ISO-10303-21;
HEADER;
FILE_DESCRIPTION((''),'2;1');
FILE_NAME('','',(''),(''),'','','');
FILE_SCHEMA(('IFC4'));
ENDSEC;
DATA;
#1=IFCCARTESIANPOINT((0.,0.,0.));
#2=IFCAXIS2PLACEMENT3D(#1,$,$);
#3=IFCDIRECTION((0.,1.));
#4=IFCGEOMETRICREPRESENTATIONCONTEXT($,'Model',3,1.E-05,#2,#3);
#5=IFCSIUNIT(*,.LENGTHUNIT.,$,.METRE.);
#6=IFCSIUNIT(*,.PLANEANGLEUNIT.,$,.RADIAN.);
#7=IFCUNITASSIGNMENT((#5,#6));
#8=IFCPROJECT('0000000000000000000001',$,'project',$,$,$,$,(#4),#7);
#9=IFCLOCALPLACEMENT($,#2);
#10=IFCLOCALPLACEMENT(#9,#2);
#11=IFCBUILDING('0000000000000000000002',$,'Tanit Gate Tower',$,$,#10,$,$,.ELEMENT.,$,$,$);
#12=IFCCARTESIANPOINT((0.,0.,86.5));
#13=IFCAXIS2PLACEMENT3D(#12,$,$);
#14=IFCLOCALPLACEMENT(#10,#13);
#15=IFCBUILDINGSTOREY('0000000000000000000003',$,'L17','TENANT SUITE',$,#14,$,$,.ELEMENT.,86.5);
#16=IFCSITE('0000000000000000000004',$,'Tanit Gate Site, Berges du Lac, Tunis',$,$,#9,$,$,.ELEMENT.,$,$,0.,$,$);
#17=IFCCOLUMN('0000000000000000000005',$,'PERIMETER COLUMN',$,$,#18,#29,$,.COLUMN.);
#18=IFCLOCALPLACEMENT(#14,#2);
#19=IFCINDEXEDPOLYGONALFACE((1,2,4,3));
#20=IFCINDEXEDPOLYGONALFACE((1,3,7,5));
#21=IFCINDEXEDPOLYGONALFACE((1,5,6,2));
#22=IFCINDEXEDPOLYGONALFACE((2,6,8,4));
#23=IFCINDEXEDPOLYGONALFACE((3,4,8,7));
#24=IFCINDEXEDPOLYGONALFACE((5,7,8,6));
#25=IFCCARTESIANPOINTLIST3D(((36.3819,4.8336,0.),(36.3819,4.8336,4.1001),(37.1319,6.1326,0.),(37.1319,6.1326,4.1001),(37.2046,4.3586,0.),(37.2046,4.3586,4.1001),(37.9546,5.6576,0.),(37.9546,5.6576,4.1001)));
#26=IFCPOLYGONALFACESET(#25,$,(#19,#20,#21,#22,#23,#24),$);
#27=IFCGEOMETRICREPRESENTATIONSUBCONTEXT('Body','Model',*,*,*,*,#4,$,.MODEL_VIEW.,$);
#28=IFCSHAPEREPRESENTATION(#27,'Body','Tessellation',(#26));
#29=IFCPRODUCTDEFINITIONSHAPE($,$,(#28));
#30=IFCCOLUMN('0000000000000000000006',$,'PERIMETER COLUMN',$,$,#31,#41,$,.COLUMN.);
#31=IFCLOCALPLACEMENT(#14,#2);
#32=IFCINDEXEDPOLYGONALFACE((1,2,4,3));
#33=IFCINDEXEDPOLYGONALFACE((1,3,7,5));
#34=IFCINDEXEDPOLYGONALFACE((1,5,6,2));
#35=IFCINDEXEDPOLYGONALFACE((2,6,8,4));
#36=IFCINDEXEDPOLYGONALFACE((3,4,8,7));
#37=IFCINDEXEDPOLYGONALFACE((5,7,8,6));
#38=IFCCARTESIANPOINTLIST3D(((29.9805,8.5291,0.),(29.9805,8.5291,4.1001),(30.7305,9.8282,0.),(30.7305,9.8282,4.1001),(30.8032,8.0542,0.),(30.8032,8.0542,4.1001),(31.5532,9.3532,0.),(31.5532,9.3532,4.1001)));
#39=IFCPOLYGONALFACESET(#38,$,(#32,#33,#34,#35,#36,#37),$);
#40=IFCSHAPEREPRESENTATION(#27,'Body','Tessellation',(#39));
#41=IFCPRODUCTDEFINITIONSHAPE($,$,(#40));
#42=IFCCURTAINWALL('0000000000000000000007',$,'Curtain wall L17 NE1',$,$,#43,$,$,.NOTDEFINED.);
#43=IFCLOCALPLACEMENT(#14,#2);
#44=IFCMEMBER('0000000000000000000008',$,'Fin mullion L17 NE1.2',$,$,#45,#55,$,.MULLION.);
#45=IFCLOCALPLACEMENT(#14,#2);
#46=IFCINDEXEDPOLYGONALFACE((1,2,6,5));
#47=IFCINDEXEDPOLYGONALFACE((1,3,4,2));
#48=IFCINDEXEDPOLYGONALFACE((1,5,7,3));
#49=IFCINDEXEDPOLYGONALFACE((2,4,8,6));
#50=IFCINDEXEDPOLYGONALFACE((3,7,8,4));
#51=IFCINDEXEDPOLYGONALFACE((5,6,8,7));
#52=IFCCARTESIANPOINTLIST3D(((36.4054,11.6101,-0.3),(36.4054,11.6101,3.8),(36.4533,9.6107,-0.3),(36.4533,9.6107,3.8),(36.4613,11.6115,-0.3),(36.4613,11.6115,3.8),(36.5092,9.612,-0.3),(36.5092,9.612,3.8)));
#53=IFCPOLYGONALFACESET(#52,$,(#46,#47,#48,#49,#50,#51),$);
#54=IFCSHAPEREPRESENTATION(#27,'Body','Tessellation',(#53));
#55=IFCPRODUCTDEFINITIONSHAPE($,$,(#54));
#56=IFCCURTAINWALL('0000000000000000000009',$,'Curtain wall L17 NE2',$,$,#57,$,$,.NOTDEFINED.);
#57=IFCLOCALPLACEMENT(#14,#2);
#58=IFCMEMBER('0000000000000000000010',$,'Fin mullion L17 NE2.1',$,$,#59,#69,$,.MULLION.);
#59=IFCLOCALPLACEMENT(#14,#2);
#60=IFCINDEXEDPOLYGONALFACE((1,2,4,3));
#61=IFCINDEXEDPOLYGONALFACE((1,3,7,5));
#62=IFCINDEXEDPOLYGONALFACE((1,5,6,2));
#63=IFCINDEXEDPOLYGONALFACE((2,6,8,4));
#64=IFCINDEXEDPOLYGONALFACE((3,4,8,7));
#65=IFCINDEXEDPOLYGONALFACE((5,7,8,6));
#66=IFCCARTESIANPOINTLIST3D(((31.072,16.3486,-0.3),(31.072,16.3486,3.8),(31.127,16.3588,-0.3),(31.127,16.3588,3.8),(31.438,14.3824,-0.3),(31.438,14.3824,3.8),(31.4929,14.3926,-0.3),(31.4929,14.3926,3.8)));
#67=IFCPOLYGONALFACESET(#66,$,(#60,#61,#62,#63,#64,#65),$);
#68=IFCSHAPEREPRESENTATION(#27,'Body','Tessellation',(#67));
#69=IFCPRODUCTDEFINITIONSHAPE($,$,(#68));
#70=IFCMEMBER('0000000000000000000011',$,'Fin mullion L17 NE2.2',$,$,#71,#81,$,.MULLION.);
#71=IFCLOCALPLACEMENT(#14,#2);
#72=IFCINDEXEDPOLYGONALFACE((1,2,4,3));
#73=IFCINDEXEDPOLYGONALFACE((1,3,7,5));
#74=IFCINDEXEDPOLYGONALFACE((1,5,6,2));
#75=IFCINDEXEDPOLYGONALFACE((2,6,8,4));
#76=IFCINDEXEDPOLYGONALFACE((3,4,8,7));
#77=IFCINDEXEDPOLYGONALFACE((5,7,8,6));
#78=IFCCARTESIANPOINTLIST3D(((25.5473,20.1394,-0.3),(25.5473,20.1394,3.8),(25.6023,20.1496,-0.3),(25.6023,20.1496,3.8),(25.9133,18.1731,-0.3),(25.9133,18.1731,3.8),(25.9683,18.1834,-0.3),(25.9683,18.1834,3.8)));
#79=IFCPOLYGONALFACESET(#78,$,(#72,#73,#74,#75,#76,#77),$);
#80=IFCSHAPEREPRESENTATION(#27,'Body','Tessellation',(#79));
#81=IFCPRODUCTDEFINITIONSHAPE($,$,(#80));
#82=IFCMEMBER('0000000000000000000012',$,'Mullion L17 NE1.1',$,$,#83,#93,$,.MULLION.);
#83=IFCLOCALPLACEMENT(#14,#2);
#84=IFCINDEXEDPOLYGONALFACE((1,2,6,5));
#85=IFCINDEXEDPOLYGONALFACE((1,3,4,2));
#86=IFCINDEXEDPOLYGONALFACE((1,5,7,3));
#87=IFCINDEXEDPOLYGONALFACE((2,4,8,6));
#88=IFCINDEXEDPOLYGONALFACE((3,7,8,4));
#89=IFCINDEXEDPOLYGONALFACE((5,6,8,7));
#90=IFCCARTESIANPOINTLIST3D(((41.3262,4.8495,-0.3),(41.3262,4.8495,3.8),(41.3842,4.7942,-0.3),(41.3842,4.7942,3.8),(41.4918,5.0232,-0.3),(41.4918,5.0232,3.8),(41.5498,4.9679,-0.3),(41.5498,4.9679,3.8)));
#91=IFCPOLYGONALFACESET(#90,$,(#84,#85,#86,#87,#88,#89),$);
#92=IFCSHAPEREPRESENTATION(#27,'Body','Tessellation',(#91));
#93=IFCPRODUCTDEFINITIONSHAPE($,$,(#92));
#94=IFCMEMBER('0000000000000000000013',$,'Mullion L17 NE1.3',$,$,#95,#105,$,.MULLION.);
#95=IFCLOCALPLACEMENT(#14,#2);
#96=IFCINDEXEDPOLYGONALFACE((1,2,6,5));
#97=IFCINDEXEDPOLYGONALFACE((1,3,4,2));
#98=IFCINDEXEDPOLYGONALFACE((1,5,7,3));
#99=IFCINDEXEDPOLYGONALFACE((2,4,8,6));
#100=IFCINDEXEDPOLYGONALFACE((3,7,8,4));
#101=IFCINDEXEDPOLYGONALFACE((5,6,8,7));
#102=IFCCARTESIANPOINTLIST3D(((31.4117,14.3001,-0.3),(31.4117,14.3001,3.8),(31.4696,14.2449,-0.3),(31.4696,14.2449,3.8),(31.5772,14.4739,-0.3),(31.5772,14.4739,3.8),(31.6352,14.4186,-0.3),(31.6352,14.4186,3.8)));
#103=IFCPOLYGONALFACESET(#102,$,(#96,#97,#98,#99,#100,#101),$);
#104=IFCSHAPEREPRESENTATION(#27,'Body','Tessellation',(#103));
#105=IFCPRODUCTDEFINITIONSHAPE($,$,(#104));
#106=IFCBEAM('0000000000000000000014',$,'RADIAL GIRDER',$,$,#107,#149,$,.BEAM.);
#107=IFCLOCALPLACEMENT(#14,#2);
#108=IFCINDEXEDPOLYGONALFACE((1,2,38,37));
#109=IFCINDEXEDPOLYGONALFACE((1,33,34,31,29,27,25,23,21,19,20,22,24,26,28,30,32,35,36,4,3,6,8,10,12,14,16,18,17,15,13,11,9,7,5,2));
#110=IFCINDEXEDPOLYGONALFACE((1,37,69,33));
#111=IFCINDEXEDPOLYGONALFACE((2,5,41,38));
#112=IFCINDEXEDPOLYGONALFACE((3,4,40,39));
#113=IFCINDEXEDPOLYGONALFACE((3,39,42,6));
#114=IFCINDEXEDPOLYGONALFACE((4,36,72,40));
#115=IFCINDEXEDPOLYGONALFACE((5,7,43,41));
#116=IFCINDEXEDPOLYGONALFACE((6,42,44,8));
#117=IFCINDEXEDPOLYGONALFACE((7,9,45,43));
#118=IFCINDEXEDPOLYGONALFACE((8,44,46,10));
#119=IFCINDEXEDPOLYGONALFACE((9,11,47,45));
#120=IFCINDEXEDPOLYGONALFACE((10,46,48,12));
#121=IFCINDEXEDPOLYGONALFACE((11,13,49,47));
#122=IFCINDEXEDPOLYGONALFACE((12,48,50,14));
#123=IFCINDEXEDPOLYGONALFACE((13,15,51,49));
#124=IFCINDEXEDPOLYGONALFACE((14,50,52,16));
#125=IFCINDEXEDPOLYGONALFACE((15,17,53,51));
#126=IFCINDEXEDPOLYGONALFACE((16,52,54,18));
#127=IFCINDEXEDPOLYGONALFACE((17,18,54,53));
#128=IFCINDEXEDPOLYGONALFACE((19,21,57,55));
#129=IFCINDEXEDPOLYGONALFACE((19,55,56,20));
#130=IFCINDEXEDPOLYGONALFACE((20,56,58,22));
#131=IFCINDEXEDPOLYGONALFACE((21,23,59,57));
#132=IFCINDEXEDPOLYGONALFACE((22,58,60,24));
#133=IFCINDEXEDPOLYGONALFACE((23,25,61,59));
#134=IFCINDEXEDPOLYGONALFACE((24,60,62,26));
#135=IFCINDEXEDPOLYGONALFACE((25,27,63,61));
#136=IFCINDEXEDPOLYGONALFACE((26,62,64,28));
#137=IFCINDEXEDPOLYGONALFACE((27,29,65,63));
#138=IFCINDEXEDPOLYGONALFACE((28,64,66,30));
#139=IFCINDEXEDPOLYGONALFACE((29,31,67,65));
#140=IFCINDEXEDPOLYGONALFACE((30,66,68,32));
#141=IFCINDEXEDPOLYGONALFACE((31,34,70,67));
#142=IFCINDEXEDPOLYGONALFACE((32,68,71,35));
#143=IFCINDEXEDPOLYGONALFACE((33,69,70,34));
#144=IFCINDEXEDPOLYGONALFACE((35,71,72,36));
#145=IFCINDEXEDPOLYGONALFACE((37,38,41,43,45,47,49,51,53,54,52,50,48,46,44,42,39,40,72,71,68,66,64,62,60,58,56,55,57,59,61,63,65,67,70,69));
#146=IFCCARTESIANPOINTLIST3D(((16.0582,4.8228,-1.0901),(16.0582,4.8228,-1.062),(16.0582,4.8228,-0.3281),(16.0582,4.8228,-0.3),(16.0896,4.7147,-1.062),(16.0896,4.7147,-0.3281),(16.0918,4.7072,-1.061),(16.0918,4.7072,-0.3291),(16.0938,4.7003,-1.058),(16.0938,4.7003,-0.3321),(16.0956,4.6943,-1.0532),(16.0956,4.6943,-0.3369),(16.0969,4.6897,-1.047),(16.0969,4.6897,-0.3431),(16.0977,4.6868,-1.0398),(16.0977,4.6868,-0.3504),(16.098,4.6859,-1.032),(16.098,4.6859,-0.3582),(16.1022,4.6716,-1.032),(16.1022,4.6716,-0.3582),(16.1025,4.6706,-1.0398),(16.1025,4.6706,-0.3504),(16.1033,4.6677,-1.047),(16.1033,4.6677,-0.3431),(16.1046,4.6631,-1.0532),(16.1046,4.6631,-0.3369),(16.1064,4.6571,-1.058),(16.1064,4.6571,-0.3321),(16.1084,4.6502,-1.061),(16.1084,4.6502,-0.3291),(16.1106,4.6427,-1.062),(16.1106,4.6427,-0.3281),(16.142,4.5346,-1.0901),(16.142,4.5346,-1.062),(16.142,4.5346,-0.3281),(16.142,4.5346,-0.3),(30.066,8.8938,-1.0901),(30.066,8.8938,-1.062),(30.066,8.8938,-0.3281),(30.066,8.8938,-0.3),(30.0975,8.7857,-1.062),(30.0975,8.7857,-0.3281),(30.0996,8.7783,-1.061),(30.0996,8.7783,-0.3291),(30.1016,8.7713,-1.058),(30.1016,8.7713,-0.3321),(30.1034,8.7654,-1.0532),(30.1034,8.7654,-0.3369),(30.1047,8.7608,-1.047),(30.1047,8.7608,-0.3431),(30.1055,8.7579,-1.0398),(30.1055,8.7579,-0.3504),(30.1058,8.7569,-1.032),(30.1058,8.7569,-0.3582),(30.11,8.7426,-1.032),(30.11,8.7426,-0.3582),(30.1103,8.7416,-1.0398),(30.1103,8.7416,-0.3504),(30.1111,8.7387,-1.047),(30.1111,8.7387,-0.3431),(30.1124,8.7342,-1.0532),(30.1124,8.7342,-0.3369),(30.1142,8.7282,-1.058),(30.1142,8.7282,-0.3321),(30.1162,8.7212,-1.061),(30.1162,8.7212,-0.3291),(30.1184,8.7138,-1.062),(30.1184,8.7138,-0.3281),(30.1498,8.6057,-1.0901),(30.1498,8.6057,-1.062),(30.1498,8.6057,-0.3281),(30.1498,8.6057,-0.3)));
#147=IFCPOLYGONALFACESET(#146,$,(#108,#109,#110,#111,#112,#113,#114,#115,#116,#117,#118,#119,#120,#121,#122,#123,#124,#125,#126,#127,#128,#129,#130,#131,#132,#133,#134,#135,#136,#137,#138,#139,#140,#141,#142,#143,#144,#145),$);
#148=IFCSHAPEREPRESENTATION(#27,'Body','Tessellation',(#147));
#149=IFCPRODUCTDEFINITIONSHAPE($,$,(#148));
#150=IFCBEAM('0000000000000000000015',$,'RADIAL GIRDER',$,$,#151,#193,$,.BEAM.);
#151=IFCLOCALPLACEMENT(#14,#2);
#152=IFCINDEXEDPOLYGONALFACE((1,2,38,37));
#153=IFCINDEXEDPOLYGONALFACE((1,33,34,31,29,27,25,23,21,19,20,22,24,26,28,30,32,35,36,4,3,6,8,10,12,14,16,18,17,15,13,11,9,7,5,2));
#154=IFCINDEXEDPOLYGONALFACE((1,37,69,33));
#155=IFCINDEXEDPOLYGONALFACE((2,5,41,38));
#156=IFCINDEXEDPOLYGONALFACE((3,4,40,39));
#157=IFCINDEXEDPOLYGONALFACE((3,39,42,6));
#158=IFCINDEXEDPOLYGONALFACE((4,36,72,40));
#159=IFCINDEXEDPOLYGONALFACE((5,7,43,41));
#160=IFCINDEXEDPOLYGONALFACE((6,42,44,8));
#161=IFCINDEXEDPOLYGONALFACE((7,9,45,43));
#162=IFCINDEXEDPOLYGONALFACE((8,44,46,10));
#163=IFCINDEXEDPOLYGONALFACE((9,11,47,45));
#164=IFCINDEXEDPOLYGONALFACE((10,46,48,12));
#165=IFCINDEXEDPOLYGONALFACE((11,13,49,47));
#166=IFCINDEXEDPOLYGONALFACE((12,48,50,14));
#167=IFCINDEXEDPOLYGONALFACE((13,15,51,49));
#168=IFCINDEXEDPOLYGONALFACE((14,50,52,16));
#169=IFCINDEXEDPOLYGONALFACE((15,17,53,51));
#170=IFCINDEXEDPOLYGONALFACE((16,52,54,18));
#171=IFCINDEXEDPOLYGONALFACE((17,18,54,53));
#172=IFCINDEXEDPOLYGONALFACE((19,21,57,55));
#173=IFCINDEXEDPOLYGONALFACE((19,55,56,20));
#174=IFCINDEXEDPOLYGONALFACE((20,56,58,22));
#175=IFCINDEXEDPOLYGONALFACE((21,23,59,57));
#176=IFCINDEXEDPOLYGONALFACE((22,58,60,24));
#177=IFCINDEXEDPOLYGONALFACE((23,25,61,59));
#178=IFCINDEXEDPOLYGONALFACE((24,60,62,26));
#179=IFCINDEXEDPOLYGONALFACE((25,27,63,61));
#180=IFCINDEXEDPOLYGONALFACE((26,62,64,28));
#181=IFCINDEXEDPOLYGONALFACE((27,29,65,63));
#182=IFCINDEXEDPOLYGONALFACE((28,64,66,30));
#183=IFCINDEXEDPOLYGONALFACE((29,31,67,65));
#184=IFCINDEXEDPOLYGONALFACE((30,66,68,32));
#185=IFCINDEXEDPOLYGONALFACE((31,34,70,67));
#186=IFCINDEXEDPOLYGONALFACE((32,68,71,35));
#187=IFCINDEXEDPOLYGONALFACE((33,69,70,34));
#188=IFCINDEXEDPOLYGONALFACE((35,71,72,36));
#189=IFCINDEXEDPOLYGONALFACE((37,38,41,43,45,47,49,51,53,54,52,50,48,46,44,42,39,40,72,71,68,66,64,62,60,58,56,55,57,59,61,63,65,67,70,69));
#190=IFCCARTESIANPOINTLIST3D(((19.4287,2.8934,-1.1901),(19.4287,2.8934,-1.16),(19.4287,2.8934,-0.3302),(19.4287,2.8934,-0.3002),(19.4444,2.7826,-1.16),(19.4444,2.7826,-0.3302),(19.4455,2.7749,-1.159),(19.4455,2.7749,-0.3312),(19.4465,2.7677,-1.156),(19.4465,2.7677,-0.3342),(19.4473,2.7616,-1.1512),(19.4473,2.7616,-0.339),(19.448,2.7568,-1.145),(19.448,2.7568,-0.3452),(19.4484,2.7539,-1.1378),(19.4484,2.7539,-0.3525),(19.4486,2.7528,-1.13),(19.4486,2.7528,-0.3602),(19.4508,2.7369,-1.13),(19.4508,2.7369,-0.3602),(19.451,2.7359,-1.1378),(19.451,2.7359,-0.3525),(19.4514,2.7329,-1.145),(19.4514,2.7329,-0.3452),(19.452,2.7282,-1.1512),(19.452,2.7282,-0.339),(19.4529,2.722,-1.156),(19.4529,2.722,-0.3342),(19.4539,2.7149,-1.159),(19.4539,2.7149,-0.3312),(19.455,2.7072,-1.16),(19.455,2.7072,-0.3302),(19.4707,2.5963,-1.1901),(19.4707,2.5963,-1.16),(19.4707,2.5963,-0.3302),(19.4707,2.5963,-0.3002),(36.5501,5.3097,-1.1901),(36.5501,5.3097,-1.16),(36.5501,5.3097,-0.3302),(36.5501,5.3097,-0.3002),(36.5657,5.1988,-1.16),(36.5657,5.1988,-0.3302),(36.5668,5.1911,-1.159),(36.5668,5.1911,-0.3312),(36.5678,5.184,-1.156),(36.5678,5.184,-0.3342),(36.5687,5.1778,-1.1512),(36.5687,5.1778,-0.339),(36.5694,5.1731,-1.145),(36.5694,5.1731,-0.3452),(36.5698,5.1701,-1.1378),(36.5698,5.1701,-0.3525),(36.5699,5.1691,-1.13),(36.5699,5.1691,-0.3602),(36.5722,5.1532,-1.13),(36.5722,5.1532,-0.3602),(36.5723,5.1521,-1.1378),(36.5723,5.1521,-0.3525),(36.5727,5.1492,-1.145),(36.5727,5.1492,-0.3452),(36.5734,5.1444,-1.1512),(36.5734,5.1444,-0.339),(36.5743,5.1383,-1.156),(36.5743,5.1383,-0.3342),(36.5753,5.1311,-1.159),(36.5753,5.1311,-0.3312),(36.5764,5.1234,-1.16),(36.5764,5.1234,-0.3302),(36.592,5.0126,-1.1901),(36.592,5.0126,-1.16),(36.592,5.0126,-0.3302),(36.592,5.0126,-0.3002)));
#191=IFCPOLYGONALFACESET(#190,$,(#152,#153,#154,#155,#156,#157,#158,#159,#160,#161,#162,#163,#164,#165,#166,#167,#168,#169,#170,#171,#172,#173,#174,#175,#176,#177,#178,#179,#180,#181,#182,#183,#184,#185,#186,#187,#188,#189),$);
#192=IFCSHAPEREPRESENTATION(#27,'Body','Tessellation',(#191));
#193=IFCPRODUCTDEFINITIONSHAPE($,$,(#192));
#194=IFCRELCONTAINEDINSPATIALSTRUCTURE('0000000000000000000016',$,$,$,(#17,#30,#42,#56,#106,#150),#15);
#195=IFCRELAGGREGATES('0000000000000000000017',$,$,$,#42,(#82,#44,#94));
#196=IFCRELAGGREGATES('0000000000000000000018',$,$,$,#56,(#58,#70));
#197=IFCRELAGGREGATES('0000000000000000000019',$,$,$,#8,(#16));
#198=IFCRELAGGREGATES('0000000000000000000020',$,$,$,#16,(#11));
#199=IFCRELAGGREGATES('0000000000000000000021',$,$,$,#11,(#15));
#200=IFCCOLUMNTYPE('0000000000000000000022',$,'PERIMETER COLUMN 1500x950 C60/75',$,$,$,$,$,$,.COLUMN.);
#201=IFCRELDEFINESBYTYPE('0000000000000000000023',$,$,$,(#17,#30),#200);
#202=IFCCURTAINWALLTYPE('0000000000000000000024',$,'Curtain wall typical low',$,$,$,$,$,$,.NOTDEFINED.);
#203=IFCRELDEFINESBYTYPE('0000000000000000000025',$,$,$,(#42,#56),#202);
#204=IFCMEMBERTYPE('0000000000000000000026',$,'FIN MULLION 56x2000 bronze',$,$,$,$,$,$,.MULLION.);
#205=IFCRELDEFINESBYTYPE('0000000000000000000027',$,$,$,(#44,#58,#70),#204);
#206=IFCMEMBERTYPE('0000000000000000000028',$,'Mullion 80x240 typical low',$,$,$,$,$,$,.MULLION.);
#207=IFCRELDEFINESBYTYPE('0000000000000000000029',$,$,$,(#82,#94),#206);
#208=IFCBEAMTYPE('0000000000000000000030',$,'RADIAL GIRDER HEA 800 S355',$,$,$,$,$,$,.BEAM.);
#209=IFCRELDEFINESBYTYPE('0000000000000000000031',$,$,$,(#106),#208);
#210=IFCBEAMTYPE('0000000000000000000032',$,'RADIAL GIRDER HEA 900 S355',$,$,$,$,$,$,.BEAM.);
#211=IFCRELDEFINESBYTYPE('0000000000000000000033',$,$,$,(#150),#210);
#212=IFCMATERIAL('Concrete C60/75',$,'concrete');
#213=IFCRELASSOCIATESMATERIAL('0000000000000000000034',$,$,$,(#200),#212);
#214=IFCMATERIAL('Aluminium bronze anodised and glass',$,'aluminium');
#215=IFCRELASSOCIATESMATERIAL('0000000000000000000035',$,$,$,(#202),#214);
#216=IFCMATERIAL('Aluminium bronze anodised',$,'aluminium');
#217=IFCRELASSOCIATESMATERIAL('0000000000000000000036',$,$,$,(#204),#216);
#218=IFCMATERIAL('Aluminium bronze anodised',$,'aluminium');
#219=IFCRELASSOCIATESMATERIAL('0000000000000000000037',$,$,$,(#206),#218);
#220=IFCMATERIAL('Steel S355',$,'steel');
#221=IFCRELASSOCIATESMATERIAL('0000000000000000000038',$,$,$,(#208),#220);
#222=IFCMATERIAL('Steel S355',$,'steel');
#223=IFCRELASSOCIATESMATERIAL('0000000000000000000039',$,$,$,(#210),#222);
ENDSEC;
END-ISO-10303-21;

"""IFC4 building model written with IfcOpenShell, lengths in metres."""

from ifc_helpers import new_model, si_unit, direction, frame, origin, origin_2d, place, context, subcontext, project, spatial, rectangle, i_section, extrude, material, material_profile, profile_set, type_object, element, aggregate, save


model = new_model("IFC4")

# Units and contexts
model_context = context("Model", 3, precision=1e-05, world=origin(), true_north=direction((0.0, 1.0)))
body_context = subcontext(model_context, "Body", "Model", "MODEL_VIEW")
ifc_project = project(units=[si_unit("LENGTHUNIT", "METRE"), si_unit("PLANEANGLEUNIT", "RADIAN")], contexts=[model_context])

# Site, building, storey
site_placement = place(None, origin())
site = spatial("IfcSite", under=ifc_project, at=site_placement, Name="Tanit Gate Site, Berges du Lac, Tunis", CompositionType="ELEMENT", RefElevation=0.0)
building_placement = place(site_placement, origin())
building = spatial("IfcBuilding", under=site, at=building_placement, Name="Tanit Gate Tower", CompositionType="ELEMENT")
storey_placement = place(building_placement, frame((0.0, 0.0, 86.5)))
storey = spatial("IfcBuildingStorey", under=building, at=storey_placement, Name="L17", Description="TENANT SUITE", CompositionType="ELEMENT", Elevation=86.5)

# Columns
ifc_material_1 = material(Name="Concrete C60/75", Category="concrete")
ifc_material_profile_1 = material_profile(ifc_material_1, rectangle(XDim=1.5, YDim=0.95, at=origin_2d()), Name="RC 1500x950")
ifc_profile_set_1 = profile_set([ifc_material_profile_1], Name="Concrete C60/75")
column_type = type_object("IfcColumnType", Name="PERIMETER COLUMN 1500x950 C60/75", PredefinedType="COLUMN", material=ifc_profile_set_1)
for number, where, z_axis, x_axis, name in (
    (1, (37.1682, 5.2456, 0.0), (0.0, 0.0, 1.0), (0.5, 0.866025, 0.0), "PERIMETER COLUMN"),
    (2, (30.7668, 8.9412, 0.0), (0.0, 0.0, 1.0), (0.5, 0.866025, 0.0), "PERIMETER COLUMN"),
):
    element("IfcColumn", number, at=place(storey_placement, frame(where, z_axis=z_axis, x_axis=x_axis)), inside=storey, type_object=column_type, Name=name, PredefinedType="COLUMN", context=body_context, shape_type="SweptSolid", body=[
        extrude(rectangle(XDim=1.5, YDim=0.95, at=origin_2d()), origin(), (0.0, 0.0, 1.0), 4.1001),
    ])

# Curtain wall, member
ifc_material_2 = material(Name="Aluminium bronze anodised and glass", Category="aluminium")
curtain_wall_type = type_object("IfcCurtainWallType", Name="Curtain wall typical low", PredefinedType="NOTDEFINED", material=ifc_material_2)
curtain_wall_1_placement = place(storey_placement, origin())
curtain_wall_1 = element("IfcCurtainWall", 3, at=curtain_wall_1_placement, inside=storey, type_object=curtain_wall_type, Name="Curtain wall L17 NE1", PredefinedType="NOTDEFINED")
ifc_material_3 = material(Name="Aluminium bronze anodised", Category="aluminium")
ifc_material_profile_2 = material_profile(ifc_material_3, rectangle(XDim=2.0, YDim=0.0559, at=origin_2d()), Name="56x2000 bronze fin mullion")
ifc_profile_set_2 = profile_set([ifc_material_profile_2], Name="Aluminium bronze anodised")
member_type_1 = type_object("IfcMemberType", Name="FIN MULLION 56x2000 bronze", PredefinedType="MULLION", material=ifc_profile_set_2)
member_1_placement = place(storey_placement, frame((36.4573, 10.6111, -0.3), z_axis=(0.0, 0.0, 1.0), x_axis=(0.023942, -0.999713, 0.0)))
member_1 = element("IfcMember", 4, at=member_1_placement, type_object=member_type_1, Name="Fin mullion L17 NE1.2", PredefinedType="MULLION", context=body_context, shape_type="SweptSolid", body=[
    extrude(rectangle(XDim=2.0, YDim=0.0559, at=origin_2d()), origin(), (0.0, 0.0, 1.0), 4.1001),
])

# Curtain wall, members
curtain_wall_2_placement = place(storey_placement, origin())
curtain_wall_2 = element("IfcCurtainWall", 5, at=curtain_wall_2_placement, inside=storey, type_object=curtain_wall_type, Name="Curtain wall L17 NE2", PredefinedType="NOTDEFINED")
member_2_placement = place(storey_placement, frame((31.2825, 15.3706, -0.3), z_axis=(0.0, 0.0, 1.0), x_axis=(0.182983, -0.983116, 0.0)))
member_2 = element("IfcMember", 6, at=member_2_placement, type_object=member_type_1, Name="Fin mullion L17 NE2.1", PredefinedType="MULLION", context=body_context, shape_type="SweptSolid", body=[
    extrude(rectangle(XDim=2.0, YDim=0.0559, at=origin_2d()), origin(), (0.0, 0.0, 1.0), 4.1001),
])
member_3_placement = place(storey_placement, frame((25.7578, 19.1614, -0.3), z_axis=(0.0, 0.0, 1.0), x_axis=(0.182983, -0.983116, 0.0)))
member_3 = element("IfcMember", 7, at=member_3_placement, type_object=member_type_1, Name="Fin mullion L17 NE2.2", PredefinedType="MULLION", context=body_context, shape_type="SweptSolid", body=[
    extrude(rectangle(XDim=2.0, YDim=0.0559, at=origin_2d()), origin(), (0.0, 0.0, 1.0), 4.1001),
])

# Members
ifc_material_4 = material(Name="Aluminium bronze anodised", Category="aluminium")
ifc_material_profile_3 = material_profile(ifc_material_4, rectangle(XDim=0.24, YDim=0.0801, at=origin_2d()), Name="80x240 bronze mullion")
ifc_profile_set_3 = profile_set([ifc_material_profile_3], Name="Aluminium bronze anodised")
member_type_2 = type_object("IfcMemberType", Name="Mullion 80x240 typical low", PredefinedType="MULLION", material=ifc_profile_set_3)
member_4_placement = place(storey_placement, frame((41.438, 4.9087, -0.3), z_axis=(0.0, 0.0, 1.0), x_axis=(-0.689974, -0.723834, 0.0)))
member_4 = element("IfcMember", 8, at=member_4_placement, type_object=member_type_2, Name="Mullion L17 NE1.1", PredefinedType="MULLION", context=body_context, shape_type="SweptSolid", body=[
    extrude(rectangle(XDim=0.24, YDim=0.0801, at=origin_2d()), origin(), (0.0, 0.0, 1.0), 4.1001),
])
member_5_placement = place(storey_placement, frame((31.5234, 14.3594, -0.3), z_axis=(0.0, 0.0, 1.0), x_axis=(-0.689974, -0.723834, 0.0)))
member_5 = element("IfcMember", 9, at=member_5_placement, type_object=member_type_2, Name="Mullion L17 NE1.3", PredefinedType="MULLION", context=body_context, shape_type="SweptSolid", body=[
    extrude(rectangle(XDim=0.24, YDim=0.0801, at=origin_2d()), origin(), (0.0, 0.0, 1.0), 4.1001),
])

# Beams
ifc_material_5 = material(Name="Steel S355", Category="steel")
ifc_material_profile_4 = material_profile(ifc_material_5, i_section(OverallWidth=0.3, OverallDepth=0.79, WebThickness=0.0149, FlangeThickness=0.0281, FilletRadius=0.03, at=origin_2d()), Name="HEA 800")
ifc_profile_set_4 = profile_set([ifc_material_profile_4], Name="Steel S355")
beam_type_1 = type_object("IfcBeamType", Name="RADIAL GIRDER HEA 800 S355", PredefinedType="BEAM", material=ifc_profile_set_4)
beam_1_placement = place(storey_placement, frame((30.1079, 8.7498, -0.6951), z_axis=(-0.960268, -0.27908, 0.0), x_axis=(0.27908, -0.960268, 0.0)))
element("IfcBeam", 10, at=beam_1_placement, inside=storey, type_object=beam_type_1, Name="RADIAL GIRDER", PredefinedType="BEAM", context=body_context, shape_type="SweptSolid", body=[
    extrude(i_section(OverallWidth=0.3, OverallDepth=0.79, WebThickness=0.0149, FlangeThickness=0.0281, FilletRadius=0.03, at=origin_2d()), origin(), (0.0, 0.0, 1.0), 14.5874),
])
ifc_material_6 = material(Name="Steel S355", Category="steel")
ifc_material_profile_5 = material_profile(ifc_material_6, i_section(OverallWidth=0.3, OverallDepth=0.8899, WebThickness=0.0161, FlangeThickness=0.03, FilletRadius=0.03, at=origin_2d()), Name="HEA 900")
ifc_profile_set_5 = profile_set([ifc_material_profile_5], Name="Steel S355")
beam_type_2 = type_object("IfcBeamType", Name="RADIAL GIRDER HEA 900 S355", PredefinedType="BEAM", material=ifc_profile_set_5)
beam_2_placement = place(storey_placement, frame((36.571, 5.1611, -0.7451), z_axis=(-0.990188, -0.139741, 0.0), x_axis=(0.139741, -0.990188, 0.0)))
element("IfcBeam", 11, at=beam_2_placement, inside=storey, type_object=beam_type_2, Name="RADIAL GIRDER", PredefinedType="BEAM", context=body_context, shape_type="SweptSolid", body=[
    extrude(i_section(OverallWidth=0.3, OverallDepth=0.8899, WebThickness=0.0161, FlangeThickness=0.03, FilletRadius=0.03, at=origin_2d()), origin(), (0.0, 0.0, 1.0), 17.291),
])

aggregate(curtain_wall_1, [member_4, member_1, member_5])
aggregate(curtain_wall_2, [member_2, member_3])

save(model, "model.ifc")
